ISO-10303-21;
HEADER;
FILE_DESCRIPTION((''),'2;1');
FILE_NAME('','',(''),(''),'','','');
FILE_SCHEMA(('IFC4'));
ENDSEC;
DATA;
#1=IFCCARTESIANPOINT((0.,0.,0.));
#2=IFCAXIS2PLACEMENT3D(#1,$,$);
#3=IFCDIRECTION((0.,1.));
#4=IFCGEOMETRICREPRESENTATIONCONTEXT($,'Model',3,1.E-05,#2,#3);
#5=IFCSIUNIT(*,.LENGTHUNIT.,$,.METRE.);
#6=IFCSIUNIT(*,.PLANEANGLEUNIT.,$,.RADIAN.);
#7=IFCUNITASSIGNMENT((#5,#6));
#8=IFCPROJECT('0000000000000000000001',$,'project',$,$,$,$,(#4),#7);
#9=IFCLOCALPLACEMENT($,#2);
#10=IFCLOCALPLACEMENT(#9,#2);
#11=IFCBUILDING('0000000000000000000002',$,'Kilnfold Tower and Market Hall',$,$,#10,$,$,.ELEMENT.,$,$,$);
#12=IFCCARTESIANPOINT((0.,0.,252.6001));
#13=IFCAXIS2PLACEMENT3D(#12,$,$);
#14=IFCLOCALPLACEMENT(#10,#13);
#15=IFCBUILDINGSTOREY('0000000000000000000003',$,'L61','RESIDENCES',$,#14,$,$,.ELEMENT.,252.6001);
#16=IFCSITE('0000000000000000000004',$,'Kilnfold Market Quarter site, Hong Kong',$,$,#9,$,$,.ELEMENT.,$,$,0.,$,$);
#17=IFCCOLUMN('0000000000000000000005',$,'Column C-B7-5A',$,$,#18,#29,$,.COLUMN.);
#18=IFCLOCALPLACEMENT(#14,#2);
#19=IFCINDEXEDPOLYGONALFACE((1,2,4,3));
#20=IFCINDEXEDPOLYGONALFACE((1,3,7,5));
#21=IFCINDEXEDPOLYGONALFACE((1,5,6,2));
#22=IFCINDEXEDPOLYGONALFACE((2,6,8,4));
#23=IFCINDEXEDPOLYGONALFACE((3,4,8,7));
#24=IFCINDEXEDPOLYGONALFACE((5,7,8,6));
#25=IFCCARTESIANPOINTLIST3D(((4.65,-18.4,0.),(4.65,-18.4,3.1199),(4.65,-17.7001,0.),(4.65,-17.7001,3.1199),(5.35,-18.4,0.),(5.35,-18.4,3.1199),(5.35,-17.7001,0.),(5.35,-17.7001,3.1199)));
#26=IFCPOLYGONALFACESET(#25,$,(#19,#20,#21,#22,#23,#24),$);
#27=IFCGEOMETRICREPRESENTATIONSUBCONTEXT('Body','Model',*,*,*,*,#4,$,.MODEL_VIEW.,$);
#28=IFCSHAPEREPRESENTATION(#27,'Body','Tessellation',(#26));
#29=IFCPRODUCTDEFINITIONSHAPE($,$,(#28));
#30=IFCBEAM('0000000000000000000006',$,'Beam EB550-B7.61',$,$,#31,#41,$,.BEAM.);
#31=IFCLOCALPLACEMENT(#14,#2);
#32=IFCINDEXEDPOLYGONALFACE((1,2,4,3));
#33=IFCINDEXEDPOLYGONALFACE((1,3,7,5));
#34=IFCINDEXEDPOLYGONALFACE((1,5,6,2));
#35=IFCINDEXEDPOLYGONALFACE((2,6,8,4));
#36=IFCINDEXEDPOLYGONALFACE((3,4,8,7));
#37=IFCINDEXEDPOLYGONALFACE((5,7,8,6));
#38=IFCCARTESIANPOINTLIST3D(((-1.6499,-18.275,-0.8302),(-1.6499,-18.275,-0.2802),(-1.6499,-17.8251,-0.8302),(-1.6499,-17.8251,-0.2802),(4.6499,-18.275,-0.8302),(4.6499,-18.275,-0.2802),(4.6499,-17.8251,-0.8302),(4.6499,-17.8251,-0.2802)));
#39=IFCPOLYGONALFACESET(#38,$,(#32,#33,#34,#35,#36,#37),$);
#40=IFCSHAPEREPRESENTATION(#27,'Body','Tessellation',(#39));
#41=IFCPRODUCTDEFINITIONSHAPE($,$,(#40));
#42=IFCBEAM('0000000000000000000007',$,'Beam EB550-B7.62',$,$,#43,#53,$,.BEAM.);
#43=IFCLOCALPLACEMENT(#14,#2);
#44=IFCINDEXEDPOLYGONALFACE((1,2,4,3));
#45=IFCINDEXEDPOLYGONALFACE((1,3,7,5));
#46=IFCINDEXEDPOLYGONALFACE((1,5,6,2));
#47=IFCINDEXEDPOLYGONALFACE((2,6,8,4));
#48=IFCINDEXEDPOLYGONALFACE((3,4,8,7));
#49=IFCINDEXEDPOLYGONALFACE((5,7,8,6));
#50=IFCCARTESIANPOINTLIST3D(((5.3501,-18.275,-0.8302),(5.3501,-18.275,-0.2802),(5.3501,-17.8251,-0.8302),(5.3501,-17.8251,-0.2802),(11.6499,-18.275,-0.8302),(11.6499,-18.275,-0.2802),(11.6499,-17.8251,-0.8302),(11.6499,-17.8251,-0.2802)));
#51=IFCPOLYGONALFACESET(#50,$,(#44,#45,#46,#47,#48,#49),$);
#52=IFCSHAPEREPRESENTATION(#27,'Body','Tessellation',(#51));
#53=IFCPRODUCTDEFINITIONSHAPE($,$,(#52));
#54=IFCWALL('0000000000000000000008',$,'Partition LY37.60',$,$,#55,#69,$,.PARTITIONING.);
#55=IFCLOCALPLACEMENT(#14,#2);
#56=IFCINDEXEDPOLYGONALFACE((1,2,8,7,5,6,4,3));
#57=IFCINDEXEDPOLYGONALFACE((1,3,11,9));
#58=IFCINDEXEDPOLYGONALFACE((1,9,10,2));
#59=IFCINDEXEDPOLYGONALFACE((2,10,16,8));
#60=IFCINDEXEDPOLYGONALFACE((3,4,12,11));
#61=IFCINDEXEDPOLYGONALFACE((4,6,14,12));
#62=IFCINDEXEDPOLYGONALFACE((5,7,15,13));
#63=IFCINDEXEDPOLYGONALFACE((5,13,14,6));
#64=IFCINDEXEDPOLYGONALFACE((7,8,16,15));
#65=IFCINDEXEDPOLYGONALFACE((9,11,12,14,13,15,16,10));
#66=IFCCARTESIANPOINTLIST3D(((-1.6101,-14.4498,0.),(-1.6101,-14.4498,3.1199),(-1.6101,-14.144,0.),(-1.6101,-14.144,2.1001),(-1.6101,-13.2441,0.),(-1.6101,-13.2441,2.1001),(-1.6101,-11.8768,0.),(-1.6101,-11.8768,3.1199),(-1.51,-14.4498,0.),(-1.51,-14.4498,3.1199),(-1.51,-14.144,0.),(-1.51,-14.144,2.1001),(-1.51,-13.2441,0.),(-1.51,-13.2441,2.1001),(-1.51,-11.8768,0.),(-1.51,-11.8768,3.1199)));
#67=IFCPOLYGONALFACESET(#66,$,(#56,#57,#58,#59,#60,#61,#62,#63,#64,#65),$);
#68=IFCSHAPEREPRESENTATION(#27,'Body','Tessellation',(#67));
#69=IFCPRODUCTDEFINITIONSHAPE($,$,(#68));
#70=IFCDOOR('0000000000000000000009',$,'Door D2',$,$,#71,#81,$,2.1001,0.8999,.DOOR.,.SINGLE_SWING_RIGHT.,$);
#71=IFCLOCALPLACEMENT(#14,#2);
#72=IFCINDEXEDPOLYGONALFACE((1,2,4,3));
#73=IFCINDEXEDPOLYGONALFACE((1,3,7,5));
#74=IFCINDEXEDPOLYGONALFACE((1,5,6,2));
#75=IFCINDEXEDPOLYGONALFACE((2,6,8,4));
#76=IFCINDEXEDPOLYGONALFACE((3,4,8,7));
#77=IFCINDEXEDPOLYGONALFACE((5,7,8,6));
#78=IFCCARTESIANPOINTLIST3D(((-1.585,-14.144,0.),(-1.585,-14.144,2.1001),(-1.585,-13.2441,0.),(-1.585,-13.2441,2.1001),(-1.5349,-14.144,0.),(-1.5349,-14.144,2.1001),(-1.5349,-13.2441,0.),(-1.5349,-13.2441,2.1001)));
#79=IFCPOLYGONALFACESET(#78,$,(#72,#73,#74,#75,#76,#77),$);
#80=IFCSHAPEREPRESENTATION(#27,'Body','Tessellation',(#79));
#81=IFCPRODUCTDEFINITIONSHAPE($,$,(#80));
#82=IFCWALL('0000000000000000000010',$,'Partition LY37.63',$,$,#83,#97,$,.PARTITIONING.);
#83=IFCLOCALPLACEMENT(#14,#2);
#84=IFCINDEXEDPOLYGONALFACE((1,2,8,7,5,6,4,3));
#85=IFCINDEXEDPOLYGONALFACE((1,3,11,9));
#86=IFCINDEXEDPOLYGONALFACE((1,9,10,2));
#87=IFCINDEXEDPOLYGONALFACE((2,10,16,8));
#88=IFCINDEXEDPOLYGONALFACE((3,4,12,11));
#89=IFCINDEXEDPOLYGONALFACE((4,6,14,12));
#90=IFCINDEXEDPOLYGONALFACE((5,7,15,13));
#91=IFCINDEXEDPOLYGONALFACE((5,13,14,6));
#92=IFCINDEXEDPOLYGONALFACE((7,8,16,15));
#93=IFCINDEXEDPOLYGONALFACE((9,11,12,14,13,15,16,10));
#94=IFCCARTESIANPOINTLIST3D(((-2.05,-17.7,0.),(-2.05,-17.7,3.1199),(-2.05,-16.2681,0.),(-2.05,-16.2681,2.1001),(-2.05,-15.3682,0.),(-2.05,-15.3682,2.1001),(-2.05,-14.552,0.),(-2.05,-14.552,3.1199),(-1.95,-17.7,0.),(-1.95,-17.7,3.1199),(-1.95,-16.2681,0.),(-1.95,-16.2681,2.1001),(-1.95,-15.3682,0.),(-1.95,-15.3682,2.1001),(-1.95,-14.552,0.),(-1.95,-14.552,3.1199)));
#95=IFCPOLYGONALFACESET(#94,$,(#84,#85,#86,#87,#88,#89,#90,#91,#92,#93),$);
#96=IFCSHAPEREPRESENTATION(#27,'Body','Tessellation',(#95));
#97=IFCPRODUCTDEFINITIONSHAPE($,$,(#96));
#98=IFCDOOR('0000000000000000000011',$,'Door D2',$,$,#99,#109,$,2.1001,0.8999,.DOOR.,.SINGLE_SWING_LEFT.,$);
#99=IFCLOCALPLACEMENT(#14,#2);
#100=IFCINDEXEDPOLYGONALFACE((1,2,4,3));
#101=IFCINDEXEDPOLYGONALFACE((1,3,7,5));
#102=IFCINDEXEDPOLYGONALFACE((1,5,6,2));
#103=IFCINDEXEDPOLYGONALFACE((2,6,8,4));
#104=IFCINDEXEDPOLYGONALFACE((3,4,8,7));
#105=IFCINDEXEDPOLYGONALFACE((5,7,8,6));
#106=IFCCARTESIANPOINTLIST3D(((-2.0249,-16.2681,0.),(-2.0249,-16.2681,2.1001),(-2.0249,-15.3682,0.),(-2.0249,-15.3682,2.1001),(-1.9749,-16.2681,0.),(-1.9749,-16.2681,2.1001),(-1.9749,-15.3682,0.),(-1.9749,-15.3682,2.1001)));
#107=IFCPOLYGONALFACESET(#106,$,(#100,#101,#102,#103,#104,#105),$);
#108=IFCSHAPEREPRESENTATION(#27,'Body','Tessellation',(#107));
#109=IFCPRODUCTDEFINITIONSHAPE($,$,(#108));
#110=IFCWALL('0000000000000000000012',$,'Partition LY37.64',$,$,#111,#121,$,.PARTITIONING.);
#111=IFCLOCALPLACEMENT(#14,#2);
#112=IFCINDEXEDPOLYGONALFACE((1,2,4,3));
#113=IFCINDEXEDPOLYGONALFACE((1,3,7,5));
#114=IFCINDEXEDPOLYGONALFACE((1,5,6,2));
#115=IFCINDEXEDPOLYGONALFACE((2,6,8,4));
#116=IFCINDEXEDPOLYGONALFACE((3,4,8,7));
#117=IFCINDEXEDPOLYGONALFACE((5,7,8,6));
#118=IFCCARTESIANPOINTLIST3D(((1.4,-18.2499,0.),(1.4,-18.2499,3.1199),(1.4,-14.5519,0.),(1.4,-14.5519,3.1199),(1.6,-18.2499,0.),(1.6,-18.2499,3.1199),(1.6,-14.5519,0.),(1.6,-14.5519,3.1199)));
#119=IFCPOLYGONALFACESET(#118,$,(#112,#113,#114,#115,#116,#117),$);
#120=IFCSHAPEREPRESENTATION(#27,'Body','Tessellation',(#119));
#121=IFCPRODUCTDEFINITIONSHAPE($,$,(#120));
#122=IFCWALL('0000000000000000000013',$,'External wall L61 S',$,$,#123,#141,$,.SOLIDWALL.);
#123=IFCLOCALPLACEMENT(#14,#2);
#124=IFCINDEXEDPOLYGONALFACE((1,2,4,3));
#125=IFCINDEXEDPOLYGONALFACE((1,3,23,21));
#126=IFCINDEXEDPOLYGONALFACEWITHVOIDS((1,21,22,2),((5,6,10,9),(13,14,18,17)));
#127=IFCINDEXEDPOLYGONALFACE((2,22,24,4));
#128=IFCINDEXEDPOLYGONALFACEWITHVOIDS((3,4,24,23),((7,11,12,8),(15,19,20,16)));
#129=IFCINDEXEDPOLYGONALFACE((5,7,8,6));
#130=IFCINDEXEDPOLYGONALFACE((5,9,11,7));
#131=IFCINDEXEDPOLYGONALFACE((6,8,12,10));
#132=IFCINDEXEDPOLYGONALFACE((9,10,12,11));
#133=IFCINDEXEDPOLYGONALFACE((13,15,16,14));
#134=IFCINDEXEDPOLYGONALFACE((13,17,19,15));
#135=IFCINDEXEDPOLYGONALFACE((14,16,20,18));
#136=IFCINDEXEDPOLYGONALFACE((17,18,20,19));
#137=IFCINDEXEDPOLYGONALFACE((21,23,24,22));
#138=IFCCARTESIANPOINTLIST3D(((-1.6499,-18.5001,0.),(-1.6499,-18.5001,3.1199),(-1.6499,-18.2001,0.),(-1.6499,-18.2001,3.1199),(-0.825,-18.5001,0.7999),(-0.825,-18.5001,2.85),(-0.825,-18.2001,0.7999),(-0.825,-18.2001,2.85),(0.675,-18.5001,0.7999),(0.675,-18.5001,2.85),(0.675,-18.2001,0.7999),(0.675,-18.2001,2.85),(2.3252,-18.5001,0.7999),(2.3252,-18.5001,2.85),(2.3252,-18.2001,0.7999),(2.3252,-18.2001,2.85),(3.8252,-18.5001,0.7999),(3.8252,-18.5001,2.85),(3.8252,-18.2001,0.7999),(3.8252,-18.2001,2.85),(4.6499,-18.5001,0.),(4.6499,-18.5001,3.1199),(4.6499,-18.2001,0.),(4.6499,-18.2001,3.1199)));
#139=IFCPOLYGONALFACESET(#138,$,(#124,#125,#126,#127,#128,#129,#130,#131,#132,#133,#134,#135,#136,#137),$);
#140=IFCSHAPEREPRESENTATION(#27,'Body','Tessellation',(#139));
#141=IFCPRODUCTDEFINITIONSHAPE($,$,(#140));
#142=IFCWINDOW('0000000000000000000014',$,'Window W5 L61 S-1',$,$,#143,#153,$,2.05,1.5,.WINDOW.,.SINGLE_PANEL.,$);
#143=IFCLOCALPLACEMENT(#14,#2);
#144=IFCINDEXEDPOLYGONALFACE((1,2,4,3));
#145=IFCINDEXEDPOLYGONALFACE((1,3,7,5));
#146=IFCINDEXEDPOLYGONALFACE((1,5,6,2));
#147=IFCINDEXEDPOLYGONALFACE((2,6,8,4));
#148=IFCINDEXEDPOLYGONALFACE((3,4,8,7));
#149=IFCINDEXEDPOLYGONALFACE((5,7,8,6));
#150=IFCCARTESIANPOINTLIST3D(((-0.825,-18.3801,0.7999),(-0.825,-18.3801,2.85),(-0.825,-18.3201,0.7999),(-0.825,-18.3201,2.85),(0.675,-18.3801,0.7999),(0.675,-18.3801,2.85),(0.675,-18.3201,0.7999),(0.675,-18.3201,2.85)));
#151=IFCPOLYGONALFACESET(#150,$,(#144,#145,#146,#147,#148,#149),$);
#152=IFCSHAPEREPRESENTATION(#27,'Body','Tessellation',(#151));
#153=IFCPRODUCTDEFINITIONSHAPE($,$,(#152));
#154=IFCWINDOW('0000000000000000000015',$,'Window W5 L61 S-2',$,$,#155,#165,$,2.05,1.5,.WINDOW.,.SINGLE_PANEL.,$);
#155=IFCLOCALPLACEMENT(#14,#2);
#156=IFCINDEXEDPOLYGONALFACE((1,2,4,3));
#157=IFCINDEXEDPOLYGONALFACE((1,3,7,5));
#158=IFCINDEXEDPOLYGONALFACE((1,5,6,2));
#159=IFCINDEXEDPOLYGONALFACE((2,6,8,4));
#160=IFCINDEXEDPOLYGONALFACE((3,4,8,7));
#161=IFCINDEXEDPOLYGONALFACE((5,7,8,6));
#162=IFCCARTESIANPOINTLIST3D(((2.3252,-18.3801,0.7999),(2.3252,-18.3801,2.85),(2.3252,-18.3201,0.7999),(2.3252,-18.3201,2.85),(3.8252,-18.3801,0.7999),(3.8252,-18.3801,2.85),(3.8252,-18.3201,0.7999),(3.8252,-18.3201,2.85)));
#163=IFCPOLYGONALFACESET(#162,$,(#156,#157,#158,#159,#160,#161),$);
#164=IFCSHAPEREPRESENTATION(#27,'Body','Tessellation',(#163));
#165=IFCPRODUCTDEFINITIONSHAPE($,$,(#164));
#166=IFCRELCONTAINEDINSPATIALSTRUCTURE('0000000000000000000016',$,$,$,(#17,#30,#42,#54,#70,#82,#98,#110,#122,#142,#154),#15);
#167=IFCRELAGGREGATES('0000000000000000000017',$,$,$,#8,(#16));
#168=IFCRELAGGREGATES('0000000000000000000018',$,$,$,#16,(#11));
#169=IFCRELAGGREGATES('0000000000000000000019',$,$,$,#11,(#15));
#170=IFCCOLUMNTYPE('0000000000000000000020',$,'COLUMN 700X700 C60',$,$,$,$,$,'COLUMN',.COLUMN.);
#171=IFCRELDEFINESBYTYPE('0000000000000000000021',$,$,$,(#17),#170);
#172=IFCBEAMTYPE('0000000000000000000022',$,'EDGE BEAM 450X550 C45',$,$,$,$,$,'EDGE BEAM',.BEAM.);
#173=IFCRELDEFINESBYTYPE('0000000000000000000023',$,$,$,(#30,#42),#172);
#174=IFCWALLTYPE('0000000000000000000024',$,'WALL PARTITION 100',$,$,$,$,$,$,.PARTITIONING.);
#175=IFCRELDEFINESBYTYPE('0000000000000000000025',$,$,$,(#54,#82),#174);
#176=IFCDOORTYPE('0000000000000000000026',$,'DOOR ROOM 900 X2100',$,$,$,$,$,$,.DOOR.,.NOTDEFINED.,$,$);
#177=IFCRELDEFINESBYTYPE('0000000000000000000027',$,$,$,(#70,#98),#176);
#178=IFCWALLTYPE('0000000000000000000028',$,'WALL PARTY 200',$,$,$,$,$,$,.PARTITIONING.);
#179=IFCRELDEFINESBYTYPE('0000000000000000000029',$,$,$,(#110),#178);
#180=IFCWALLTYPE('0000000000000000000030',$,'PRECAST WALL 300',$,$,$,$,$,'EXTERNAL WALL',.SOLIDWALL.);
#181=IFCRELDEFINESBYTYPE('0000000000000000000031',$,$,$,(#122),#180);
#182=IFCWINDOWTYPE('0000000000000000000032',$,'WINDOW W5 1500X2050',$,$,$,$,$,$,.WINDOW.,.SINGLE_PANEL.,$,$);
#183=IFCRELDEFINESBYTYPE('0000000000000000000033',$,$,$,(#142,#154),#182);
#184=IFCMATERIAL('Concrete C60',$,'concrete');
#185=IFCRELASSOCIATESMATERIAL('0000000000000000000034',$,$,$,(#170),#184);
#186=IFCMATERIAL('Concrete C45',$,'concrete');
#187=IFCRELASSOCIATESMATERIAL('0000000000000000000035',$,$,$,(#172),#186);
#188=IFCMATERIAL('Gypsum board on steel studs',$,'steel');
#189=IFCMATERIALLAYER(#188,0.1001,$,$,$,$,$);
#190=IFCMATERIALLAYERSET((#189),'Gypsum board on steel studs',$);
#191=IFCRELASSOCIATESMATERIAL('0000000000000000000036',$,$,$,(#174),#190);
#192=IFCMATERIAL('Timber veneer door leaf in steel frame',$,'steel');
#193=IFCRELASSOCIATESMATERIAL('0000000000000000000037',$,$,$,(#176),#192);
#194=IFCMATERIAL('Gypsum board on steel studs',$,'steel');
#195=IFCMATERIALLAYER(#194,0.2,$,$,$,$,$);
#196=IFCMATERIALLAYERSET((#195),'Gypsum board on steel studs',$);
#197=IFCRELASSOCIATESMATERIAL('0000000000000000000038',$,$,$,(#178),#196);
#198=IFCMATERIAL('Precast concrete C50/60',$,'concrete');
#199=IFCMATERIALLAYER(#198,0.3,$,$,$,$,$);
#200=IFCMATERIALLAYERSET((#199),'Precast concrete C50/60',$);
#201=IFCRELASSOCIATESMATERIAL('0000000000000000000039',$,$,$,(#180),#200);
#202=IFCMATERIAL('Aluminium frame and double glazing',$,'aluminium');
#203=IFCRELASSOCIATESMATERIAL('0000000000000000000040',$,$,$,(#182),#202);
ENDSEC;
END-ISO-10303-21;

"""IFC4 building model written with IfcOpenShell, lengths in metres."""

from ifc_helpers import new_model, si_unit, direction, frame, frame_2d, origin, origin_2d, place, context, subcontext, project, spatial, rectangle, extrude, source, transform, mapped, material, layer, layer_set, material_profile, profile_set, type_object, element, fill, save


model = new_model("IFC4")

# Units and contexts
model_context = context("Model", 3, precision=1e-05, world=origin(), true_north=direction((0.0, 1.0)))
body_context = subcontext(model_context, "Body", "Model", "MODEL_VIEW")
ifc_project = project(units=[si_unit("LENGTHUNIT", "METRE"), si_unit("PLANEANGLEUNIT", "RADIAN")], contexts=[model_context])

# Site, building, storey
site_placement = place(None, origin())
site = spatial("IfcSite", under=ifc_project, at=site_placement, Name="Kilnfold Market Quarter site, Hong Kong", CompositionType="ELEMENT", RefElevation=0.0)
building_placement = place(site_placement, origin())
building = spatial("IfcBuilding", under=site, at=building_placement, Name="Kilnfold Tower and Market Hall", CompositionType="ELEMENT")
storey_placement = place(building_placement, frame((0.0, 0.0, 252.6001)))
storey = spatial("IfcBuildingStorey", under=building, at=storey_placement, Name="L61", Description="RESIDENCES", CompositionType="ELEMENT", Elevation=252.6001)

# Column
ifc_material_1 = material(Name="Concrete C60", Category="concrete")
ifc_material_profile_1 = material_profile(ifc_material_1, rectangle(XDim=0.7, YDim=0.7, at=origin_2d()), Name="RC 700x700")
ifc_profile_set_1 = profile_set([ifc_material_profile_1], Name="Concrete C60")
column_type = type_object("IfcColumnType", Name="COLUMN 700X700 C60", ElementType="COLUMN", PredefinedType="COLUMN", material=ifc_profile_set_1)
shared_shape_1 = source(origin(), body_context, "Body", "SweptSolid", [
    extrude(rectangle(XDim=0.7, YDim=0.7, at=origin_2d()), origin(), (0.0, 0.0, 1.0), 3.1199),
])
column_placement = place(storey_placement, frame((5.0, -18.05, 0.0), z_axis=(0.0, 0.0, 1.0), x_axis=(1.0, 0.0, 0.0)))
element("IfcColumn", 1, at=column_placement, inside=storey, type_object=column_type, Name="Column C-B7-5A", PredefinedType="COLUMN", context=body_context, shape_type="MappedRepresentation", body=[
    mapped(shared_shape_1, transform((0.0, 0.0, 0.0))),
])

# Beams
ifc_material_2 = material(Name="Concrete C45", Category="concrete")
ifc_material_profile_2 = material_profile(ifc_material_2, rectangle(XDim=0.45, YDim=0.55, at=origin_2d()), Name="RC 450x550")
ifc_profile_set_2 = profile_set([ifc_material_profile_2], Name="Concrete C45")
beam_type = type_object("IfcBeamType", Name="EDGE BEAM 450X550 C45", ElementType="EDGE BEAM", PredefinedType="BEAM", material=ifc_profile_set_2)
shared_shape_2 = source(origin(), body_context, "Body", "SweptSolid", [
    extrude(rectangle(XDim=0.45, YDim=0.55, at=origin_2d()), origin(), (0.0, 0.0, 1.0), 6.2998),
])
for number, where, z_axis, x_axis, name in (
    (2, (-1.6499, -18.05, -0.5552), (1.0, 0.0, 0.0), (0.0, 1.0, 0.0), "Beam EB550-B7.61"),
    (3, (5.3501, -18.05, -0.5552), (1.0, 0.0, 0.0), (0.0, 1.0, 0.0), "Beam EB550-B7.62"),
):
    element("IfcBeam", number, at=place(storey_placement, frame(where, z_axis=z_axis, x_axis=x_axis)), inside=storey, type_object=beam_type, Name=name, PredefinedType="BEAM", context=body_context, shape_type="MappedRepresentation", body=[
        mapped(shared_shape_2, transform((0.0, 0.0, 0.0))),
    ])

# Walls, openings, doors
ifc_material_3 = material(Name="Gypsum board on steel studs", Category="steel")
ifc_layer_1 = layer(ifc_material_3, 0.1001)
ifc_layer_set_1 = layer_set([ifc_layer_1], Name="Gypsum board on steel studs")
wall_type_1 = type_object("IfcWallType", Name="WALL PARTITION 100", PredefinedType="PARTITIONING", material=ifc_layer_set_1)
wall_1_placement = place(storey_placement, frame((-1.5601, -14.45, 0.0), z_axis=(0.0, 0.0, 1.0), x_axis=(0.0, 1.0, 0.0)))
wall_1 = element("IfcWall", 4, at=wall_1_placement, inside=storey, type_object=wall_type_1, Name="Partition LY37.60", PredefinedType="PARTITIONING", context=body_context, shape_type="SweptSolid", body=[
    extrude(rectangle(XDim=2.573, YDim=0.1001, at=frame_2d((1.2866, 0.0))), origin(), (0.0, 0.0, 1.0), 3.1199),
])
opening_1_placement = place(wall_1_placement, frame((0.3059, 0.0, 0.0)))
opening_1 = element("IfcOpeningElement", 5, at=opening_1_placement, cuts=wall_1, PredefinedType="OPENING", context=body_context, shape_type="SweptSolid", body=[
    extrude(rectangle(XDim=0.8999, YDim=2.1001, at=frame_2d((0.45, 1.05))), frame((0.0, 0.0601, 0.0), z_axis=(0.0, -1.0, 0.0), x_axis=(1.0, 0.0, 0.0)), (0.0, 0.0, 1.0), 0.1201),
])
ifc_material_4 = material(Name="Timber veneer door leaf in steel frame", Category="steel")
door_type = type_object("IfcDoorType", Name="DOOR ROOM 900 X2100", OperationType="NOTDEFINED", PredefinedType="DOOR", material=ifc_material_4)
door_1_placement = place(opening_1_placement, origin())
door_1 = element("IfcDoor", 6, at=door_1_placement, inside=storey, type_object=door_type, Name="Door D2", OperationType="SINGLE_SWING_RIGHT", OverallHeight=2.1001, OverallWidth=0.8999, PredefinedType="DOOR", context=body_context, shape_type="SweptSolid", body=[
    extrude(rectangle(XDim=0.8999, YDim=2.1001, at=frame_2d((0.45, 1.05))), frame((0.0, 0.0249, 0.0), z_axis=(0.0, -1.0, 0.0), x_axis=(1.0, 0.0, 0.0)), (0.0, 0.0, 1.0), 0.05),
])
fill(opening_1, door_1)
wall_2_placement = place(storey_placement, frame((-2.0, -17.7, 0.0), z_axis=(0.0, 0.0, 1.0), x_axis=(0.0, 1.0, 0.0)))
wall_2 = element("IfcWall", 7, at=wall_2_placement, inside=storey, type_object=wall_type_1, Name="Partition LY37.63", PredefinedType="PARTITIONING", context=body_context, shape_type="SweptSolid", body=[
    extrude(rectangle(XDim=3.1479, YDim=0.1001, at=frame_2d((1.574, 0.0))), origin(), (0.0, 0.0, 1.0), 3.1199),
])
opening_2_placement = place(wall_2_placement, frame((1.4319, 0.0, 0.0)))
opening_2 = element("IfcOpeningElement", 8, at=opening_2_placement, cuts=wall_2, PredefinedType="OPENING", context=body_context, shape_type="SweptSolid", body=[
    extrude(rectangle(XDim=0.8999, YDim=2.1001, at=frame_2d((0.45, 1.05))), frame((0.0, 0.0601, 0.0), z_axis=(0.0, -1.0, 0.0), x_axis=(1.0, 0.0, 0.0)), (0.0, 0.0, 1.0), 0.1201),
])
door_2_placement = place(opening_2_placement, origin())
door_2 = element("IfcDoor", 9, at=door_2_placement, inside=storey, type_object=door_type, Name="Door D2", OperationType="SINGLE_SWING_LEFT", OverallHeight=2.1001, OverallWidth=0.8999, PredefinedType="DOOR", context=body_context, shape_type="SweptSolid", body=[
    extrude(rectangle(XDim=0.8999, YDim=2.1001, at=frame_2d((0.45, 1.05))), frame((0.0, 0.0249, 0.0), z_axis=(0.0, -1.0, 0.0), x_axis=(1.0, 0.0, 0.0)), (0.0, 0.0, 1.0), 0.05),
])
fill(opening_2, door_2)

# Wall
ifc_material_5 = material(Name="Gypsum board on steel studs", Category="steel")
ifc_layer_2 = layer(ifc_material_5, 0.2)
ifc_layer_set_2 = layer_set([ifc_layer_2], Name="Gypsum board on steel studs")
wall_type_2 = type_object("IfcWallType", Name="WALL PARTY 200", PredefinedType="PARTITIONING", material=ifc_layer_set_2)
wall_3_placement = place(storey_placement, frame((1.5, -18.25, 0.0), z_axis=(0.0, 0.0, 1.0), x_axis=(0.0, 1.0, 0.0)))
element("IfcWall", 10, at=wall_3_placement, inside=storey, type_object=wall_type_2, Name="Partition LY37.64", PredefinedType="PARTITIONING", context=body_context, shape_type="SweptSolid", body=[
    extrude(rectangle(XDim=3.698, YDim=0.2, at=frame_2d((1.8491, 0.0))), origin(), (0.0, 0.0, 1.0), 3.1199),
])

# Wall, openings, windows
ifc_material_6 = material(Name="Precast concrete C50/60", Category="concrete")
ifc_layer_3 = layer(ifc_material_6, 0.3)
ifc_layer_set_3 = layer_set([ifc_layer_3], Name="Precast concrete C50/60")
wall_type_3 = type_object("IfcWallType", Name="PRECAST WALL 300", ElementType="EXTERNAL WALL", PredefinedType="SOLIDWALL", material=ifc_layer_set_3)
shared_shape_3 = source(origin(), body_context, "Body", "SweptSolid", [
    extrude(rectangle(XDim=6.2998, YDim=0.3, at=frame_2d((3.1499, 0.0))), origin(), (0.0, 0.0, 1.0), 3.1199),
])
wall_4_placement = place(storey_placement, frame((-1.6499, -18.3501, 0.0), z_axis=(0.0, 0.0, 1.0), x_axis=(1.0, 0.0, 0.0)))
wall_4 = element("IfcWall", 11, at=wall_4_placement, inside=storey, type_object=wall_type_3, Name="External wall L61 S", PredefinedType="SOLIDWALL", context=body_context, shape_type="MappedRepresentation", body=[
    mapped(shared_shape_3, transform((0.0, 0.0, 0.0))),
])
opening_3_placement = place(wall_4_placement, frame((0.825, 0.0, 0.8)))
opening_3 = element("IfcOpeningElement", 12, at=opening_3_placement, cuts=wall_4, PredefinedType="OPENING", context=body_context, shape_type="SweptSolid", body=[
    extrude(rectangle(XDim=1.5, YDim=2.05, at=frame_2d((0.75, 1.0249))), frame((0.0, 0.1602, 0.0), z_axis=(0.0, -1.0, 0.0), x_axis=(1.0, 0.0, 0.0)), (0.0, 0.0, 1.0), 0.3201),
])
opening_4_placement = place(wall_4_placement, frame((3.9751, 0.0, 0.8)))
opening_4 = element("IfcOpeningElement", 13, at=opening_4_placement, cuts=wall_4, PredefinedType="OPENING", context=body_context, shape_type="SweptSolid", body=[
    extrude(rectangle(XDim=1.5, YDim=2.05, at=frame_2d((0.75, 1.0249))), frame((0.0, 0.1602, 0.0), z_axis=(0.0, -1.0, 0.0), x_axis=(1.0, 0.0, 0.0)), (0.0, 0.0, 1.0), 0.3201),
])
ifc_material_7 = material(Name="Aluminium frame and double glazing", Category="aluminium")
window_type = type_object("IfcWindowType", Name="WINDOW W5 1500X2050", PartitioningType="SINGLE_PANEL", PredefinedType="WINDOW", material=ifc_material_7)
window_1_placement = place(opening_3_placement, origin())
window_1 = element("IfcWindow", 14, at=window_1_placement, inside=storey, type_object=window_type, Name="Window W5 L61 S-1", OverallHeight=2.05, OverallWidth=1.5, PartitioningType="SINGLE_PANEL", PredefinedType="WINDOW", context=body_context, shape_type="SweptSolid", body=[
    extrude(rectangle(XDim=1.5, YDim=2.05, at=frame_2d((0.75, 1.0249))), frame((0.0, 0.03, 0.0), z_axis=(0.0, -1.0, 0.0), x_axis=(1.0, 0.0, 0.0)), (0.0, 0.0, 1.0), 0.0601),
])
fill(opening_3, window_1)
window_2_placement = place(opening_4_placement, origin())
window_2 = element("IfcWindow", 15, at=window_2_placement, inside=storey, type_object=window_type, Name="Window W5 L61 S-2", OverallHeight=2.05, OverallWidth=1.5, PartitioningType="SINGLE_PANEL", PredefinedType="WINDOW", context=body_context, shape_type="SweptSolid", body=[
    extrude(rectangle(XDim=1.5, YDim=2.05, at=frame_2d((0.75, 1.0249))), frame((0.0, 0.03, 0.0), z_axis=(0.0, -1.0, 0.0), x_axis=(1.0, 0.0, 0.0)), (0.0, 0.0, 1.0), 0.0601),
])
fill(opening_4, window_2)

save(model, "model.ifc")
